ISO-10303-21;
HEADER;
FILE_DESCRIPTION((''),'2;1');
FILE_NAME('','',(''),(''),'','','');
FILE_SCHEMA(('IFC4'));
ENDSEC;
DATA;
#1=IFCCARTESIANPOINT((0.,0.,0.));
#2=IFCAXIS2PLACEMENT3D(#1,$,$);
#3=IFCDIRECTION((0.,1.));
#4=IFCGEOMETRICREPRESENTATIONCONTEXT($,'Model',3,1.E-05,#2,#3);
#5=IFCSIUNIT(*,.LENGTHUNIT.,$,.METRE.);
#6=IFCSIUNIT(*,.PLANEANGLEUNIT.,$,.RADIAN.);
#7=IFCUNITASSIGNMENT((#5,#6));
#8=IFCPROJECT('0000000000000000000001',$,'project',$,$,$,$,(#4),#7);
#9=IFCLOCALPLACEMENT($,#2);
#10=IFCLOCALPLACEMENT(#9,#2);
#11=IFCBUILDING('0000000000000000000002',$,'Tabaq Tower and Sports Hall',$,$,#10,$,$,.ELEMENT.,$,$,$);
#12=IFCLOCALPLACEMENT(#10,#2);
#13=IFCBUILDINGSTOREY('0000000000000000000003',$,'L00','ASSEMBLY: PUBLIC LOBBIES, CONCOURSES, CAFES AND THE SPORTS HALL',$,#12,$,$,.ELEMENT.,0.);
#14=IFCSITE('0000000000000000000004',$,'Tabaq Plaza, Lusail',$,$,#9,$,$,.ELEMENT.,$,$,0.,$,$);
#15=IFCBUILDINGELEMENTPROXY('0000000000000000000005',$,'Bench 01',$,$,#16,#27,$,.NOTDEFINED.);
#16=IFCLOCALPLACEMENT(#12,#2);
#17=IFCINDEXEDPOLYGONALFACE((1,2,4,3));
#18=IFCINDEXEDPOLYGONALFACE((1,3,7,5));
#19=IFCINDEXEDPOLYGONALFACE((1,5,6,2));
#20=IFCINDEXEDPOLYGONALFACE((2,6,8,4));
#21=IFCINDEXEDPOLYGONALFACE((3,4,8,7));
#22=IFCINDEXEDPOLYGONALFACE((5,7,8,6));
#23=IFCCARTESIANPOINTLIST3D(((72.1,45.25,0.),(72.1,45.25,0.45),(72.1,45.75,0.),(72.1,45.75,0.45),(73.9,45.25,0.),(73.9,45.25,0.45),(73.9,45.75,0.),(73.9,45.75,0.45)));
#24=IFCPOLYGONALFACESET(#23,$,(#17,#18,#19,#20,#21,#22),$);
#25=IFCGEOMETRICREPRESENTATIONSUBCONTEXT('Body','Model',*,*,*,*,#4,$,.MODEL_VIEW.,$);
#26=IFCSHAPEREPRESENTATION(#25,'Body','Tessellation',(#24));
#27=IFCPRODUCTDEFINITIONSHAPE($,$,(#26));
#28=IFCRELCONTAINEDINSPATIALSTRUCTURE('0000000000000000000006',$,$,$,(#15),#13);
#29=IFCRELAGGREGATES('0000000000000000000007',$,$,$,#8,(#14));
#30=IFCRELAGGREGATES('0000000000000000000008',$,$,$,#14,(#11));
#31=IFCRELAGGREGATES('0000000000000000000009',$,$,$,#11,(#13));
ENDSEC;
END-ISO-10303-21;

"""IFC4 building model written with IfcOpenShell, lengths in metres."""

from ifc_helpers import new_model, si_unit, direction, frame, origin, origin_2d, place, context, subcontext, project, spatial, rectangle, extrude, element, save


model = new_model("IFC4")

# Units and contexts
model_context = context("Model", 3, precision=1e-05, world=origin(), true_north=direction((0.0, 1.0)))
body_context = subcontext(model_context, "Body", "Model", "MODEL_VIEW")
ifc_project = project(units=[si_unit("LENGTHUNIT", "METRE"), si_unit("PLANEANGLEUNIT", "RADIAN")], contexts=[model_context])

# Site, building, storey
site_placement = place(None, origin())
site = spatial("IfcSite", under=ifc_project, at=site_placement, Name="Tabaq Plaza, Lusail", CompositionType="ELEMENT", RefElevation=0.0)
building_placement = place(site_placement, origin())
building = spatial("IfcBuilding", under=site, at=building_placement, Name="Tabaq Tower and Sports Hall", CompositionType="ELEMENT")
storey_placement = place(building_placement, origin())
storey = spatial("IfcBuildingStorey", under=building, at=storey_placement, Name="L00", Description="ASSEMBLY: PUBLIC LOBBIES, CONCOURSES, CAFES AND THE SPORTS HALL", CompositionType="ELEMENT", Elevation=0.0)

# Building element proxy
proxy_placement = place(storey_placement, frame((73.0, 45.5, 0.0), z_axis=(0.0, 0.0, 1.0), x_axis=(1.0, 0.0, 0.0)))
element("IfcBuildingElementProxy", 1, at=proxy_placement, inside=storey, Name="Bench 01", PredefinedType="NOTDEFINED", context=body_context, shape_type="SweptSolid", body=[
    extrude(rectangle(XDim=1.8, YDim=0.5, at=origin_2d()), origin(), (0.0, 0.0, 1.0), 0.45),
])

save(model, "model.ifc")
